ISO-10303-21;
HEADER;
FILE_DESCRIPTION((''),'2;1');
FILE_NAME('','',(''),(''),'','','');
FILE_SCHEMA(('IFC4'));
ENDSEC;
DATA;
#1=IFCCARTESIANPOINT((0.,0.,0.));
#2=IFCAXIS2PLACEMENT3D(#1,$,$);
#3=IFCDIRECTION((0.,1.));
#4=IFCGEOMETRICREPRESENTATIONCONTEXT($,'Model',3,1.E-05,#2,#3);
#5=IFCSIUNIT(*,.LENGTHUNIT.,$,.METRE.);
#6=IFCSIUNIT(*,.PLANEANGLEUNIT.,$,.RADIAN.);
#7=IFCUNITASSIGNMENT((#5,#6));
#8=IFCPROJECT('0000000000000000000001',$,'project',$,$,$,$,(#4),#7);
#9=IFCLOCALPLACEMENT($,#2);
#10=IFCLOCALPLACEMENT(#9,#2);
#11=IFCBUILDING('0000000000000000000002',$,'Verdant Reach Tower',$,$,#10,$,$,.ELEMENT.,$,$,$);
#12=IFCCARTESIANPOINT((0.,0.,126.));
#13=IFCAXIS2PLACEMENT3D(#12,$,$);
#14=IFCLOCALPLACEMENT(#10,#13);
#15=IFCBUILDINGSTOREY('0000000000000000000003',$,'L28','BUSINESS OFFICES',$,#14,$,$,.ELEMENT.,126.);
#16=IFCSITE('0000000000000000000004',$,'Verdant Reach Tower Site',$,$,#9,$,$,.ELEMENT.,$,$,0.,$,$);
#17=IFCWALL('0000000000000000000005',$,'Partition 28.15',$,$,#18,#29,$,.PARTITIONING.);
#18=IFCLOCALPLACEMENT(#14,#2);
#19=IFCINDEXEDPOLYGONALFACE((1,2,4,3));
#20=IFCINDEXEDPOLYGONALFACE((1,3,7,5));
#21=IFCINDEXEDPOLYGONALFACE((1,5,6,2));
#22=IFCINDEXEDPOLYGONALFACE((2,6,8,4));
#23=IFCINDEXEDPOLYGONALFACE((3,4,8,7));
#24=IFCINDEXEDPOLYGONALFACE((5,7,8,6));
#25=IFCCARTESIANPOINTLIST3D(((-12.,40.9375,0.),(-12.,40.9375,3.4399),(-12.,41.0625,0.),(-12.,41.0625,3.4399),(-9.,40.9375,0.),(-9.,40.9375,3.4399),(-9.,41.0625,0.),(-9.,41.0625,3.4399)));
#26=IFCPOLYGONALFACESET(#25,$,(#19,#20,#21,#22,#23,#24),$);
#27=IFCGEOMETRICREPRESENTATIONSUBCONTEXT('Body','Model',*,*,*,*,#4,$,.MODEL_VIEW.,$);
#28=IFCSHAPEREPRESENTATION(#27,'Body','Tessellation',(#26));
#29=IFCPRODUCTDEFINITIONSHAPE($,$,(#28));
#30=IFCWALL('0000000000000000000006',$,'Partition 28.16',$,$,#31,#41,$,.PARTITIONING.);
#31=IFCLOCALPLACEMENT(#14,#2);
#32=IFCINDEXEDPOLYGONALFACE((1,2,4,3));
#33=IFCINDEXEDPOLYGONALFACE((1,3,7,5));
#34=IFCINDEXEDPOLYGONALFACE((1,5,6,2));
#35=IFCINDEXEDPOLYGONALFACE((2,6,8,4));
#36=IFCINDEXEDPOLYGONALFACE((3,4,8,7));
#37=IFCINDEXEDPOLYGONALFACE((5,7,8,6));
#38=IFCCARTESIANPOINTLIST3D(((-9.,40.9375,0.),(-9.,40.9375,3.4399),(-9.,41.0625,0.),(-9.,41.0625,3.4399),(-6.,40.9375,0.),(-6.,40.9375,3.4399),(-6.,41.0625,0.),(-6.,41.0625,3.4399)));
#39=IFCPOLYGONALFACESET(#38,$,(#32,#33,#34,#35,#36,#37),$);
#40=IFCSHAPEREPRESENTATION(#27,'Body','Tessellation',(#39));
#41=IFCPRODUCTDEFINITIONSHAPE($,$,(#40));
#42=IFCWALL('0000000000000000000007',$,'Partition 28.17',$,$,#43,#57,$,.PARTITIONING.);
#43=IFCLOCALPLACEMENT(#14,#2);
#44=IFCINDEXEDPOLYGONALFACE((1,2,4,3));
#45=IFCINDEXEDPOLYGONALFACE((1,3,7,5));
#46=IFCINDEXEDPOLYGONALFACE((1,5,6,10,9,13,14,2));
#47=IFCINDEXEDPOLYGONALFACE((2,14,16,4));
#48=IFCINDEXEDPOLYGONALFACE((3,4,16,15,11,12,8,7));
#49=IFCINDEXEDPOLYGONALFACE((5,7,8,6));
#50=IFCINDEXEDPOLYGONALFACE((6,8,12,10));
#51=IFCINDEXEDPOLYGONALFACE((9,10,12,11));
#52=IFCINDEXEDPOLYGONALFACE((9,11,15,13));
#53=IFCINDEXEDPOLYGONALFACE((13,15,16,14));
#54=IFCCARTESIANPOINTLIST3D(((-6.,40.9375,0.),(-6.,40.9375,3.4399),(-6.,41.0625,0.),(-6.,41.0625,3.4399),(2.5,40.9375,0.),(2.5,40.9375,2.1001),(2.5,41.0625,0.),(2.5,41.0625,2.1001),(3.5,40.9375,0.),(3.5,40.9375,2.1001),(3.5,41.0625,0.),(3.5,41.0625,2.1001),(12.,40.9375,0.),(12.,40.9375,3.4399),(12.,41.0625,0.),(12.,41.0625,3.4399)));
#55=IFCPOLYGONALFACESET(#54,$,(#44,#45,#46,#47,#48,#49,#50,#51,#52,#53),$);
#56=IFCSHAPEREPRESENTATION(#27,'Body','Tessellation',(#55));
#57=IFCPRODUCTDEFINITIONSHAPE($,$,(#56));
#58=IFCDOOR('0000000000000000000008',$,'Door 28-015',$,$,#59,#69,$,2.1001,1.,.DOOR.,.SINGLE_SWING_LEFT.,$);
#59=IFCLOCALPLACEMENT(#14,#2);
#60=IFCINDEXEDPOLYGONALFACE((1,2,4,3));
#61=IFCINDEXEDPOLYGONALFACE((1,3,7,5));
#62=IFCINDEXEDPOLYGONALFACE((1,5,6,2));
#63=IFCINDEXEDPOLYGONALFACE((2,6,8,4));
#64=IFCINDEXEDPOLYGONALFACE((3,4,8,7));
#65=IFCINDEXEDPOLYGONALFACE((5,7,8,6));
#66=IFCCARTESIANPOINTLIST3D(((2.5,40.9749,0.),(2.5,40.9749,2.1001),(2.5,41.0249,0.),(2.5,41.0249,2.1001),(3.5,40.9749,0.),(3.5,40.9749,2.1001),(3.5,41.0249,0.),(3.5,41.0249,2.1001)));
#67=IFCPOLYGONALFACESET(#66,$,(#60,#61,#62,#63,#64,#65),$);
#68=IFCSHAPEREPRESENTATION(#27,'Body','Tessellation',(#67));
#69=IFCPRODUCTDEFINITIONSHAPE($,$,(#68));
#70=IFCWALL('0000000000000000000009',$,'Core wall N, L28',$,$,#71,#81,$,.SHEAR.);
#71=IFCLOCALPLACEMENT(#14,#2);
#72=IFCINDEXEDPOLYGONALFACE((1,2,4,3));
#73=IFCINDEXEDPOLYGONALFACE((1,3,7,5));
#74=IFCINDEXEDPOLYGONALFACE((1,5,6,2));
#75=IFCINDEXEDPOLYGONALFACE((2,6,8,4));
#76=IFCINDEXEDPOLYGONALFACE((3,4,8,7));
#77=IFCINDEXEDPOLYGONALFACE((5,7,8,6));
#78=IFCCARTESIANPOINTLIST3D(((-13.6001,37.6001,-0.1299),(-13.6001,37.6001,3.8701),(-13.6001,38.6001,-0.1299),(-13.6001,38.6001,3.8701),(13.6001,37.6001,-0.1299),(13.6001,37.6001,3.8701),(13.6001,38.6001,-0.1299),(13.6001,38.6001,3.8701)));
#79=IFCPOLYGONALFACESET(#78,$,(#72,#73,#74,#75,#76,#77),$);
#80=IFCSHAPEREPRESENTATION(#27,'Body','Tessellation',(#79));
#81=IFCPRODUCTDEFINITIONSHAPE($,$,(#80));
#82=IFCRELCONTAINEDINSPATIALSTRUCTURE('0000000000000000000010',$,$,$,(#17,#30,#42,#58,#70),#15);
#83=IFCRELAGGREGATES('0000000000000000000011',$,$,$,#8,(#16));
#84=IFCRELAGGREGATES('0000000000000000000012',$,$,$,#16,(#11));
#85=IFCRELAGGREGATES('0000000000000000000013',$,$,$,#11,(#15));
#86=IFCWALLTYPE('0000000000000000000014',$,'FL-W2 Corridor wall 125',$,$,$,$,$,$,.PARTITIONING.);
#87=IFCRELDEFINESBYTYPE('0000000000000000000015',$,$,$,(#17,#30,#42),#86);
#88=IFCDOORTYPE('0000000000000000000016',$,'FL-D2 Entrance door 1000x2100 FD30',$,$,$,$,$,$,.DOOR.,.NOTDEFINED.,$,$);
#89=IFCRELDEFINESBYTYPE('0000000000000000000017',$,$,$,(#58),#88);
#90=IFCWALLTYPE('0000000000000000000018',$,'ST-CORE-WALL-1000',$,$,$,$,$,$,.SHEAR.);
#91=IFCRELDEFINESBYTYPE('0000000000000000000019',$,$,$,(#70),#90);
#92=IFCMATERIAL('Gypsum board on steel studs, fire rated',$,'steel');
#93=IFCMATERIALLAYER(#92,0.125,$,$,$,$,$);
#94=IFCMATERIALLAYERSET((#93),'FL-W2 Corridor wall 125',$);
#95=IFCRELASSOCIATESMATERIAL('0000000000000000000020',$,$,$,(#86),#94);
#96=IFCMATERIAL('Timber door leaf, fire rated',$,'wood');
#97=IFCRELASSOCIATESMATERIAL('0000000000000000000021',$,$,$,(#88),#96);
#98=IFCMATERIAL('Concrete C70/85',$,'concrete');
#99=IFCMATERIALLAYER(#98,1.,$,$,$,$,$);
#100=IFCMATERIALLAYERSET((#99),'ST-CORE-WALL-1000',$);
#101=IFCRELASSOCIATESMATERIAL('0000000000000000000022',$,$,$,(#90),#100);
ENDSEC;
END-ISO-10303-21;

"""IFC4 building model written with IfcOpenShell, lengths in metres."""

from ifc_helpers import new_model, si_unit, direction, frame, frame_2d, origin, place, context, subcontext, project, spatial, rectangle, extrude, material, layer, layer_set, type_object, element, fill, save


model = new_model("IFC4")

# Units and contexts
model_context = context("Model", 3, precision=1e-05, world=origin(), true_north=direction((0.0, 1.0)))
body_context = subcontext(model_context, "Body", "Model", "MODEL_VIEW")
ifc_project = project(units=[si_unit("LENGTHUNIT", "METRE"), si_unit("PLANEANGLEUNIT", "RADIAN")], contexts=[model_context])

# Site, building, storey
site_placement = place(None, origin())
site = spatial("IfcSite", under=ifc_project, at=site_placement, Name="Verdant Reach Tower Site", CompositionType="ELEMENT", RefElevation=0.0)
building_placement = place(site_placement, origin())
building = spatial("IfcBuilding", under=site, at=building_placement, Name="Verdant Reach Tower", CompositionType="ELEMENT")
storey_placement = place(building_placement, frame((0.0, 0.0, 126.0)))
storey = spatial("IfcBuildingStorey", under=building, at=storey_placement, Name="L28", Description="BUSINESS OFFICES", CompositionType="ELEMENT", Elevation=126.0)

# Shared definitions
ifc_material_1 = material(Name="Gypsum board on steel studs, fire rated", Category="steel")
ifc_layer_1 = layer(ifc_material_1, 0.125)
ifc_layer_set_1 = layer_set([ifc_layer_1], Name="FL-W2 Corridor wall 125")
wall_type_1 = type_object("IfcWallType", Name="FL-W2 Corridor wall 125", PredefinedType="PARTITIONING", material=ifc_layer_set_1)
ifc_material_2 = material(Name="Timber door leaf, fire rated", Category="wood")
door_type_1 = type_object("IfcDoorType", Name="FL-D2 Entrance door 1000x2100 FD30", OperationType="NOTDEFINED", PredefinedType="DOOR", material=ifc_material_2)

# Walls
for number, where, z_axis, x_axis, name in (
    (1, (-9.0, 41.0, 0.0), (0.0, 0.0, 1.0), (-1.0, 0.0, 0.0), "Partition 28.15"),
    (2, (-6.0, 41.0, 0.0), (0.0, 0.0, 1.0), (-1.0, 0.0, 0.0), "Partition 28.16"),
):
    element("IfcWall", number, at=place(storey_placement, frame(where, z_axis=z_axis, x_axis=x_axis)), inside=storey, type_object=wall_type_1, Name=name, PredefinedType="PARTITIONING", context=body_context, shape_type="SweptSolid", body=[
        extrude(rectangle(XDim=3.0, YDim=0.125, at=frame_2d((1.5, 0.0))), origin(), (0.0, 0.0, 1.0), 3.4399),
    ])

# Wall, opening, door
wall_1_placement = place(storey_placement, frame((-6.0, 41.0, 0.0), z_axis=(0.0, 0.0, 1.0), x_axis=(1.0, 0.0, 0.0)))
wall_1 = element("IfcWall", 3, at=wall_1_placement, inside=storey, type_object=wall_type_1, Name="Partition 28.17", PredefinedType="PARTITIONING", context=body_context, shape_type="SweptSolid", body=[
    extrude(rectangle(XDim=18.0, YDim=0.125, at=frame_2d((9.0, 0.0))), origin(), (0.0, 0.0, 1.0), 3.4399),
])
opening_1_placement = place(wall_1_placement, frame((8.5, 0.0, 0.0)))
opening_1 = element("IfcOpeningElement", 4, at=opening_1_placement, cuts=wall_1, PredefinedType="OPENING", context=body_context, shape_type="SweptSolid", body=[
    extrude(rectangle(XDim=1.0, YDim=2.1001, at=frame_2d((0.5, 1.05))), frame((0.0, 0.0725, 0.0), z_axis=(0.0, -1.0, 0.0), x_axis=(1.0, 0.0, 0.0)), (0.0, 0.0, 1.0), 0.145),
])
door_1_placement = place(opening_1_placement, origin())
door_1 = element("IfcDoor", 5, at=door_1_placement, inside=storey, type_object=door_type_1, Name="Door 28-015", OperationType="SINGLE_SWING_LEFT", OverallHeight=2.1001, OverallWidth=1.0, PredefinedType="DOOR", context=body_context, shape_type="SweptSolid", body=[
    extrude(rectangle(XDim=1.0, YDim=2.1001, at=frame_2d((0.5, 1.05))), frame((0.0, 0.0249, 0.0), z_axis=(0.0, -1.0, 0.0), x_axis=(1.0, 0.0, 0.0)), (0.0, 0.0, 1.0), 0.05),
])
fill(opening_1, door_1)

# Wall
ifc_material_3 = material(Name="Concrete C70/85", Category="concrete")
ifc_layer_2 = layer(ifc_material_3, 1.0)
ifc_layer_set_2 = layer_set([ifc_layer_2], Name="ST-CORE-WALL-1000")
wall_type_2 = type_object("IfcWallType", Name="ST-CORE-WALL-1000", PredefinedType="SHEAR", material=ifc_layer_set_2)
wall_2_placement = place(storey_placement, frame((-13.6001, 38.1001, -0.1299), z_axis=(0.0, 0.0, 1.0), x_axis=(1.0, 0.0, 0.0)))
element("IfcWall", 6, at=wall_2_placement, inside=storey, type_object=wall_type_2, Name="Core wall N, L28", PredefinedType="SHEAR", context=body_context, shape_type="SweptSolid", body=[
    extrude(rectangle(XDim=27.2002, YDim=1.0, at=frame_2d((13.6001, 0.0))), origin(), (0.0, 0.0, 1.0), 4.0),
])

save(model, "model.ifc")
